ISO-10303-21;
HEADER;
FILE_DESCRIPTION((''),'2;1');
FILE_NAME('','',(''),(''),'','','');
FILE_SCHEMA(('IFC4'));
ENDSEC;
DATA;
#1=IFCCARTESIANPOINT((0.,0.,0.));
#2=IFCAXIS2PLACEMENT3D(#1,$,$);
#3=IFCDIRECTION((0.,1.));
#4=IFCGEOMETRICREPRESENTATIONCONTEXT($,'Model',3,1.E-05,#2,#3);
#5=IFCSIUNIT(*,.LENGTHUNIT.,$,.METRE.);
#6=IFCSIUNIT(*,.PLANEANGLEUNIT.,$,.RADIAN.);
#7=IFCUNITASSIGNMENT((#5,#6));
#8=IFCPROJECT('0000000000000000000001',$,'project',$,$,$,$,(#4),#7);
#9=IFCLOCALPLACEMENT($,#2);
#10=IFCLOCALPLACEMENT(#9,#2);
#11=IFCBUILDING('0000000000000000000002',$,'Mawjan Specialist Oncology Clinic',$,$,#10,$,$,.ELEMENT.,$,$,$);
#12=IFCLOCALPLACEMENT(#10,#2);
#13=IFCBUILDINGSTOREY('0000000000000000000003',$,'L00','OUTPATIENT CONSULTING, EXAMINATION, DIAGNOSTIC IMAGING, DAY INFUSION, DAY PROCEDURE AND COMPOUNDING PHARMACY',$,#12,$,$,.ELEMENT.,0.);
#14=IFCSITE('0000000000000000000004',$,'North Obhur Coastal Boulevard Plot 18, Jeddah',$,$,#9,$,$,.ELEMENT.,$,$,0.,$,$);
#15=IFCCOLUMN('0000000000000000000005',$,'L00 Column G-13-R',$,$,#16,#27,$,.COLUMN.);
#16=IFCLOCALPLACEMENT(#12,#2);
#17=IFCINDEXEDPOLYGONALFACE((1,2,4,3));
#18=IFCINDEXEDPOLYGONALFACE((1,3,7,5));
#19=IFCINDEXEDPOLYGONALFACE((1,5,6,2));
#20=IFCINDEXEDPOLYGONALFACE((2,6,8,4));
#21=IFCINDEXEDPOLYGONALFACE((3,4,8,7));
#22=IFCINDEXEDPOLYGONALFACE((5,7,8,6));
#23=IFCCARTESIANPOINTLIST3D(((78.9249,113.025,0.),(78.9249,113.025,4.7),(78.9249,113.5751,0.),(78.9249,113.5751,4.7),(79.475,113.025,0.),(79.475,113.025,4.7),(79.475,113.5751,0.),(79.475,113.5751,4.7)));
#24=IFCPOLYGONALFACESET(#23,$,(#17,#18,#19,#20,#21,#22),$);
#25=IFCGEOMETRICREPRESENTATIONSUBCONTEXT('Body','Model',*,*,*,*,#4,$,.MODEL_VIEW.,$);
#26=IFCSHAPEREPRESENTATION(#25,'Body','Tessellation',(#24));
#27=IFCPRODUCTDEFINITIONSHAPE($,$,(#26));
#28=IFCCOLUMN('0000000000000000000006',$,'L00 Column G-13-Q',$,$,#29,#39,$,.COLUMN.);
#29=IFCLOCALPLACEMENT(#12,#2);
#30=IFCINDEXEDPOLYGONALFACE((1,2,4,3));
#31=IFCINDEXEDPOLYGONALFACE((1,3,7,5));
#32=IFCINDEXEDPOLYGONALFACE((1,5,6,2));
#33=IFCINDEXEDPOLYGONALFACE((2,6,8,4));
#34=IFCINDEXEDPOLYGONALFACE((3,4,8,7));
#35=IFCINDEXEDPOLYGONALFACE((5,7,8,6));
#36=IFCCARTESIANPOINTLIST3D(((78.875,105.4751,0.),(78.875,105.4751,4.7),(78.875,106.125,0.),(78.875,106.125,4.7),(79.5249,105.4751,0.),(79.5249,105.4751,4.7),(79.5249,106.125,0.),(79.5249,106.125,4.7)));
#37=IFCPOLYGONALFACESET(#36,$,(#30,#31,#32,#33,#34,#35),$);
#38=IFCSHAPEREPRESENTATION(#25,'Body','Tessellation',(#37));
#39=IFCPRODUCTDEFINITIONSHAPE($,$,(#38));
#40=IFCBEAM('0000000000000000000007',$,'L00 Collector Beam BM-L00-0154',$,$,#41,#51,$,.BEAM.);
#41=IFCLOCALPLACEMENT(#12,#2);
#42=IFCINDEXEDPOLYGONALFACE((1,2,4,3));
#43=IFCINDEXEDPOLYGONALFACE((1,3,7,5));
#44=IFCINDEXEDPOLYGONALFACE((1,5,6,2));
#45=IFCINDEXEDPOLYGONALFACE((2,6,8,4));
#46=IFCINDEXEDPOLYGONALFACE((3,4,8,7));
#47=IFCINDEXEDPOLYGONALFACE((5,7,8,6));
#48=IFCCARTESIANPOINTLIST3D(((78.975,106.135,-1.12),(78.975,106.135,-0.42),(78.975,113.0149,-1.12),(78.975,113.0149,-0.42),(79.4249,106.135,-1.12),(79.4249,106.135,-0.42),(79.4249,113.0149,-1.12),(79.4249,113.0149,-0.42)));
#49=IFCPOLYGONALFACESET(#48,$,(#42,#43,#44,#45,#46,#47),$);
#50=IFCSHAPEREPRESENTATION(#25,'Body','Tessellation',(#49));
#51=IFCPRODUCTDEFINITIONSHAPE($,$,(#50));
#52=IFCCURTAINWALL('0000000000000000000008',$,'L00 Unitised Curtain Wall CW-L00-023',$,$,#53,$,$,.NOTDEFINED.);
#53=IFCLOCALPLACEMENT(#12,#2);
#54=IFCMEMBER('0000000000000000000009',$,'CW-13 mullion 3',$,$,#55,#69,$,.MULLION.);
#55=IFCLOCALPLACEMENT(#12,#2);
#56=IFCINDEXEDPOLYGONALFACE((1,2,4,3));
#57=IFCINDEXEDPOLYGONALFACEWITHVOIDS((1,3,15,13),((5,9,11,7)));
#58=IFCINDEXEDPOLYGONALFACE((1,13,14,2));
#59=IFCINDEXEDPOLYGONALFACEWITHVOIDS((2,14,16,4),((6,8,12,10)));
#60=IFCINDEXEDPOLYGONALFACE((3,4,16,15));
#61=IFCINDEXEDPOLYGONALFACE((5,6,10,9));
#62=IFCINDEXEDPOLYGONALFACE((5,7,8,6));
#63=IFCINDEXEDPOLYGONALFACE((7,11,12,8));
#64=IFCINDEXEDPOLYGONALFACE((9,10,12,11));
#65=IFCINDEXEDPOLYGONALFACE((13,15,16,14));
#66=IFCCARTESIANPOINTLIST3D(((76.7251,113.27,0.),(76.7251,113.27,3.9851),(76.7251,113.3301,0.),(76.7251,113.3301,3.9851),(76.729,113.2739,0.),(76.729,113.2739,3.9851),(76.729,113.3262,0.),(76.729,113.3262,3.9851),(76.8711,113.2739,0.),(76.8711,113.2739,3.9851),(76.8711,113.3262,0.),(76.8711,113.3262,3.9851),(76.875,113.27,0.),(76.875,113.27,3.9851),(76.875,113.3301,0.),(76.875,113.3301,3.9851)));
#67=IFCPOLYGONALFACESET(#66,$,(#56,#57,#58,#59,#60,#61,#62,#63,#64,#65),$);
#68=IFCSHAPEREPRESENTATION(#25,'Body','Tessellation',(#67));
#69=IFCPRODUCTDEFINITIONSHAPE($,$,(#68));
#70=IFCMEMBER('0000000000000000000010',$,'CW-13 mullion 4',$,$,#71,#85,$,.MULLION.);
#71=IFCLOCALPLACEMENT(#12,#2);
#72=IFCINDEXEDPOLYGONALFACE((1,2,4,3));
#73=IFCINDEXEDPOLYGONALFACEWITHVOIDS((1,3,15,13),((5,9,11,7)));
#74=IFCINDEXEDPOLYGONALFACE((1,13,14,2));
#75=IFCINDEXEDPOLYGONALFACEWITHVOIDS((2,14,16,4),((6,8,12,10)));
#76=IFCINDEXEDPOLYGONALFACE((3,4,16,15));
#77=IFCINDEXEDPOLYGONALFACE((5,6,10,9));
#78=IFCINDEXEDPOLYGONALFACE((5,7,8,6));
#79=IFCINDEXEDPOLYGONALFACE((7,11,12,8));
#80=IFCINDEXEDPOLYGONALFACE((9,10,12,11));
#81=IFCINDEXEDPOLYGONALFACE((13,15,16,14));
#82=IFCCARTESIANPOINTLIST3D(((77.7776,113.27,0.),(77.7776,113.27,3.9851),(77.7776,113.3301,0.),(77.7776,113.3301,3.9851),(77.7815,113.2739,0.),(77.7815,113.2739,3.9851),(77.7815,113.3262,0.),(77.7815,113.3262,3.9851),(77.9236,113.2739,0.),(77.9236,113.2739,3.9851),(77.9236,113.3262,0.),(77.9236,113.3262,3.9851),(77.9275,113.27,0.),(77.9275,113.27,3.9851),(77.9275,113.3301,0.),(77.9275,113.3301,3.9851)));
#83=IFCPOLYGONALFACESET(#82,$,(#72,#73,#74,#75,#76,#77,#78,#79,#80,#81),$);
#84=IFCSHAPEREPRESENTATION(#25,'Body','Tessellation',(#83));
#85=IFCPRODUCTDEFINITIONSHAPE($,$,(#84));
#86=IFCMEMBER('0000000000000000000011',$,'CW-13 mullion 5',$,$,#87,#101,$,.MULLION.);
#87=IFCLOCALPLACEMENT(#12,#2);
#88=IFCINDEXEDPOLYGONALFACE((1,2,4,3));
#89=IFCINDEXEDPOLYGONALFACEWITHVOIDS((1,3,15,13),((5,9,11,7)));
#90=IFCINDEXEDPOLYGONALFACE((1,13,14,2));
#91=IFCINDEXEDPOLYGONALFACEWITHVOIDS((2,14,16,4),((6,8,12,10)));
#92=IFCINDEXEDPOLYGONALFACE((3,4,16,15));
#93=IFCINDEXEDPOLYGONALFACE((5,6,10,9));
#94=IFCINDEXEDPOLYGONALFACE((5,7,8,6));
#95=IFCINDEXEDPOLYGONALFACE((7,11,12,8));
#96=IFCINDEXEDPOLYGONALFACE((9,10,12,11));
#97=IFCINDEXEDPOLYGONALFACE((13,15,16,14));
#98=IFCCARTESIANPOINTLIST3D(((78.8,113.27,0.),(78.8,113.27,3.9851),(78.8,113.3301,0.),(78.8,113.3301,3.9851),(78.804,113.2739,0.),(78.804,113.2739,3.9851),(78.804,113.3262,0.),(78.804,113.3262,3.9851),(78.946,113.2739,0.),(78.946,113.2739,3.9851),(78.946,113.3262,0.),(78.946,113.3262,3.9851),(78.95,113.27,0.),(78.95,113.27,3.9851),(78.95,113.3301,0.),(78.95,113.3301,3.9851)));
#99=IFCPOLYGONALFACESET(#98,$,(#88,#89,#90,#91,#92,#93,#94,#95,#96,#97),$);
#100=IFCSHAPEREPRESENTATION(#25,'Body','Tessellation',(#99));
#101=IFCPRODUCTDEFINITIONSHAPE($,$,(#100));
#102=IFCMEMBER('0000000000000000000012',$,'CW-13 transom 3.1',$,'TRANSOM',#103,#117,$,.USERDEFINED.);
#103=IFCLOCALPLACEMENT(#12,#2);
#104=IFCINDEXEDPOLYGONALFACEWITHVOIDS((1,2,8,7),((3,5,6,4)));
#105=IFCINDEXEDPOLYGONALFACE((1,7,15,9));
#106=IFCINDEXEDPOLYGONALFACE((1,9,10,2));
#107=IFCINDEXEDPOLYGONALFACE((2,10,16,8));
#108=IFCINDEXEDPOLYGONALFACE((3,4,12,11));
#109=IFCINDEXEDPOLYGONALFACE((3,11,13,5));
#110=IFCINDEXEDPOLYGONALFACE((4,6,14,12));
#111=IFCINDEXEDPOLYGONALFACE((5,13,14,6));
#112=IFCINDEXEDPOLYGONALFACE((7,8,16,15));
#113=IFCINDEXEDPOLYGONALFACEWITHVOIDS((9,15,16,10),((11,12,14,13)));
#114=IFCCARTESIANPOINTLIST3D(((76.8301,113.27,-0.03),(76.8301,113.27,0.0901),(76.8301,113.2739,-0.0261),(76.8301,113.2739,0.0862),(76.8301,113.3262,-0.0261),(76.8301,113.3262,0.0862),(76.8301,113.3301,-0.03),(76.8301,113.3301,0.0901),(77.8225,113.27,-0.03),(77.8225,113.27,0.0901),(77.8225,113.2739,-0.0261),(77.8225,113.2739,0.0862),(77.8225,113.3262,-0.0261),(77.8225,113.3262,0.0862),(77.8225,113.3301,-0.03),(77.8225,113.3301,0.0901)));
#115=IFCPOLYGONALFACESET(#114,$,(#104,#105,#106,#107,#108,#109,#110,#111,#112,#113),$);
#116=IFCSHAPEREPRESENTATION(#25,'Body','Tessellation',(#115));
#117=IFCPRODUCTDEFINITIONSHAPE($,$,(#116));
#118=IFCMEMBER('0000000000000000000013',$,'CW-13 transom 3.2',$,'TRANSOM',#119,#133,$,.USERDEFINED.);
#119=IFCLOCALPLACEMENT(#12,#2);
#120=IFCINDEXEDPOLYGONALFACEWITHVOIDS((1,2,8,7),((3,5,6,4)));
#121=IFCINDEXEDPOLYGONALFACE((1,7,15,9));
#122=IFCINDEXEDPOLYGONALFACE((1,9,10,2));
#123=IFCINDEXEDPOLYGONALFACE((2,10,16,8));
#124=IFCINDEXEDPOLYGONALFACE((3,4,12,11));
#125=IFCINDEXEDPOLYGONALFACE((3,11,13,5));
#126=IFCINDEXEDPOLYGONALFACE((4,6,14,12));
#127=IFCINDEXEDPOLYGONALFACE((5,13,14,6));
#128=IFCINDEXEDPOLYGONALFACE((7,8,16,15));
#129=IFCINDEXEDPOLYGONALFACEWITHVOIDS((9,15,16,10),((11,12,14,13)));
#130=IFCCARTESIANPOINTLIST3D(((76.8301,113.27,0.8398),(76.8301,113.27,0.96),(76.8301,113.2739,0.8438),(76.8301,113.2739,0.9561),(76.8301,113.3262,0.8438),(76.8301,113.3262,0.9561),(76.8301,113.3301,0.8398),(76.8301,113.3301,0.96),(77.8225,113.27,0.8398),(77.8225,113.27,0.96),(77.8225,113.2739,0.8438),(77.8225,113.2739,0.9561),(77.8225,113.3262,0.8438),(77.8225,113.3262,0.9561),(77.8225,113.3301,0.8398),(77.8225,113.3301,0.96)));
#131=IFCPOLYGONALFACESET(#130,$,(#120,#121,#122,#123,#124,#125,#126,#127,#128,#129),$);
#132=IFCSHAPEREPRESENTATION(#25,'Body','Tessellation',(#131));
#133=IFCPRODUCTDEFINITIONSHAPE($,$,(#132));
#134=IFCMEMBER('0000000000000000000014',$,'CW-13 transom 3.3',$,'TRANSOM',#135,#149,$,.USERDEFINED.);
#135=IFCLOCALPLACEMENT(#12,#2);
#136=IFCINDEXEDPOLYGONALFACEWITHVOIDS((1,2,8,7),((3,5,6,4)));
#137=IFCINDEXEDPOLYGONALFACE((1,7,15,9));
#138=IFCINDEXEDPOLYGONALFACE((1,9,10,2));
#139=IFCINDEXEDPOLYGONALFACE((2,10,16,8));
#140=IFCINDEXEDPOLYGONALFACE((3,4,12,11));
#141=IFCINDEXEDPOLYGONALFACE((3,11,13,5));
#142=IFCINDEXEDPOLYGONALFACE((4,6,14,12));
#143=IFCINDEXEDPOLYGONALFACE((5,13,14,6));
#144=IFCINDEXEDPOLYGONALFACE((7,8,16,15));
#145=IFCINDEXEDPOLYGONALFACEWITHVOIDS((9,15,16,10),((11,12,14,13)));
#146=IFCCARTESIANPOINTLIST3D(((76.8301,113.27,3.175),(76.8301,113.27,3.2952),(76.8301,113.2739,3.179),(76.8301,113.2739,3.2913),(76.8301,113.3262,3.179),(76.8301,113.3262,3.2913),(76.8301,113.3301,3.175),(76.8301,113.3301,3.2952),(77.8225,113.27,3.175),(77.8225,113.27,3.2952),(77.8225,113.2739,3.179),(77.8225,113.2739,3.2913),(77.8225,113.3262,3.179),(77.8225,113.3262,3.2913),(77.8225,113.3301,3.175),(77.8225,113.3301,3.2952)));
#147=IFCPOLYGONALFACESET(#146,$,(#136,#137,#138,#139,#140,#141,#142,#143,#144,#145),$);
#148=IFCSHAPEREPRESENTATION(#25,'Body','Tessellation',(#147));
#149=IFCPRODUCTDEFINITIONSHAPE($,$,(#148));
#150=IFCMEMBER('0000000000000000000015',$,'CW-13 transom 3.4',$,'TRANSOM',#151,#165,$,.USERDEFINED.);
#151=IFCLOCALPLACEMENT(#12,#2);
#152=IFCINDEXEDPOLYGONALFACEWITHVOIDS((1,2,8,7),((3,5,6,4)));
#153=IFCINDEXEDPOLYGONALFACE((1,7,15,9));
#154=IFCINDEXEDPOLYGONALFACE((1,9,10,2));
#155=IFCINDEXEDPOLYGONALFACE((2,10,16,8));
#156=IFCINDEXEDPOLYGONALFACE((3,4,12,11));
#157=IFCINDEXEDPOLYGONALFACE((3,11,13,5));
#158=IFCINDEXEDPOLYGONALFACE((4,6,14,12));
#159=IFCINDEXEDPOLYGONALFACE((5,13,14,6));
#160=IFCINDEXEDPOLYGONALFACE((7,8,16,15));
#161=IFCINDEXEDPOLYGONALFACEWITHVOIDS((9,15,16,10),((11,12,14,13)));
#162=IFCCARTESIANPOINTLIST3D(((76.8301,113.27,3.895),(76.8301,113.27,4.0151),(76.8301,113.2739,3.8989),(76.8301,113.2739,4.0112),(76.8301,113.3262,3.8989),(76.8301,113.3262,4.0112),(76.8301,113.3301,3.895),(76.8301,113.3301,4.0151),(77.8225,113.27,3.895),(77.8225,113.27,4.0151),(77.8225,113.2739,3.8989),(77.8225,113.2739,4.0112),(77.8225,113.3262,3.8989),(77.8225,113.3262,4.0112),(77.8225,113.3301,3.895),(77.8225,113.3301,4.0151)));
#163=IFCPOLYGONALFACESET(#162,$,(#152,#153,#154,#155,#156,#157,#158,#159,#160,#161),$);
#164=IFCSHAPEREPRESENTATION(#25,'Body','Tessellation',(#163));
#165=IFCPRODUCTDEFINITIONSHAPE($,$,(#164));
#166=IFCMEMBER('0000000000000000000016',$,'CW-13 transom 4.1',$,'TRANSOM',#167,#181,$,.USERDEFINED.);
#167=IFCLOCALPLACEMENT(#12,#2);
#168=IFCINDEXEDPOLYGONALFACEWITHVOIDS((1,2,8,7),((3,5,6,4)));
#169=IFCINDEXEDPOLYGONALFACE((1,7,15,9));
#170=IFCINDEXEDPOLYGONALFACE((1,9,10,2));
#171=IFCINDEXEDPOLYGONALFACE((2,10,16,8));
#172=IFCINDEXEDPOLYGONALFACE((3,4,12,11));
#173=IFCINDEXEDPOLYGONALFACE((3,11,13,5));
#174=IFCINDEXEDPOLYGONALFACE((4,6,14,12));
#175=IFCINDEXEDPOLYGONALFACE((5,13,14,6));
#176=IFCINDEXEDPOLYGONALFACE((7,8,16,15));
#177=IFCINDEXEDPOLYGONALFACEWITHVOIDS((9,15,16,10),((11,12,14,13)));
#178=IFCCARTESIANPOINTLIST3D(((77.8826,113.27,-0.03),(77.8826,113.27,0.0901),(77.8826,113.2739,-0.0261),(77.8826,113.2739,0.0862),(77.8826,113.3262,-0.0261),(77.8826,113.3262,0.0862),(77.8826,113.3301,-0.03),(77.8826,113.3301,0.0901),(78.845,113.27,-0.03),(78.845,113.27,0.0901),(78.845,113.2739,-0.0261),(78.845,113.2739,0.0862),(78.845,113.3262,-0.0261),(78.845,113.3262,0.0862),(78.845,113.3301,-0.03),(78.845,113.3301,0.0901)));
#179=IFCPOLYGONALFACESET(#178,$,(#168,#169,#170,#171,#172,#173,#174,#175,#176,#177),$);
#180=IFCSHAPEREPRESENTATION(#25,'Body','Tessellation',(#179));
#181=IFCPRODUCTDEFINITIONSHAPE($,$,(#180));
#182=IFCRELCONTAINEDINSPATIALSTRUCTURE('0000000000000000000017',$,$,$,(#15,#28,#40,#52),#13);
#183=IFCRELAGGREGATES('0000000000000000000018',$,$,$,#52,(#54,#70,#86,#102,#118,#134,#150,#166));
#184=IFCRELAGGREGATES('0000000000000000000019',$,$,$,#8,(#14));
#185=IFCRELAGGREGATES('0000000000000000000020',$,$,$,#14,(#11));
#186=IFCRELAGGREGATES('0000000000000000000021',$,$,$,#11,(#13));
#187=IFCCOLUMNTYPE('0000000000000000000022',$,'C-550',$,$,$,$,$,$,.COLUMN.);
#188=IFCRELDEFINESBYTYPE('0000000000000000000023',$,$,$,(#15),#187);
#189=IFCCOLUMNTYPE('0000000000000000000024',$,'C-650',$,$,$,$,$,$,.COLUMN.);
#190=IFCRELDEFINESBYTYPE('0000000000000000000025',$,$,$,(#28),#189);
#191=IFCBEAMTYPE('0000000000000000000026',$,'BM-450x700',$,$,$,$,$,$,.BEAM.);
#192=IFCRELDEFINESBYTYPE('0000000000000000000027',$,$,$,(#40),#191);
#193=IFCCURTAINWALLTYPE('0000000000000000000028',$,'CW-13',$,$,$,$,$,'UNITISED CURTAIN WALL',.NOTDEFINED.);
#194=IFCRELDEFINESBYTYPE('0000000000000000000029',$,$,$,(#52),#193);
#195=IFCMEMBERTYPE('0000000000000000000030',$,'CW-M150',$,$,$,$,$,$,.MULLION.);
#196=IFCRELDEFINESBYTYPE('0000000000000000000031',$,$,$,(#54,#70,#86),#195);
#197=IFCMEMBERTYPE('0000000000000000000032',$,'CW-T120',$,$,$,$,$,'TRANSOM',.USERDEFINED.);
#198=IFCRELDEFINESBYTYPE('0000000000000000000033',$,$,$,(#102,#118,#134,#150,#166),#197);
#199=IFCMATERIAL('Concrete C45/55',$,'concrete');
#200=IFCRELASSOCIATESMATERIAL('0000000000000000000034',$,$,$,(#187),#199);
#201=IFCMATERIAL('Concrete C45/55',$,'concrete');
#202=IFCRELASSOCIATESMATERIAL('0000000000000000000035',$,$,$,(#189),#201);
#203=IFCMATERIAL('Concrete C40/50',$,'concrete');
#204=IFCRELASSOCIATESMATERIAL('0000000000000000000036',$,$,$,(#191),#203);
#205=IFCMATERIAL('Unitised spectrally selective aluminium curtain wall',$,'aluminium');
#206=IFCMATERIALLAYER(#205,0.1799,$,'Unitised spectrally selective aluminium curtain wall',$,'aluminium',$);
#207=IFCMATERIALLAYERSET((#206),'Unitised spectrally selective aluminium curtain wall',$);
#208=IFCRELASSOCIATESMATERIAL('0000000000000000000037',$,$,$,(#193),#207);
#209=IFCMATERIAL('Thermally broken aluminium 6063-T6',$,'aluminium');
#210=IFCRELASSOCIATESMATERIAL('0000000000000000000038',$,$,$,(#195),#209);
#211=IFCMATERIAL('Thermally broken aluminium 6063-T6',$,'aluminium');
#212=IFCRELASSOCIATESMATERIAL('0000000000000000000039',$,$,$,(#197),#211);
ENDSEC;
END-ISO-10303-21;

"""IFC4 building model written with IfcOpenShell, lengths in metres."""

from ifc_helpers import new_model, si_unit, direction, frame, origin, origin_2d, place, context, subcontext, project, spatial, rectangle, hollow_rectangle, extrude, material, layer, layer_set, material_profile, profile_set, type_object, element, aggregate, save


model = new_model("IFC4")

# Units and contexts
model_context = context("Model", 3, precision=1e-05, world=origin(), true_north=direction((0.0, 1.0)))
body_context = subcontext(model_context, "Body", "Model", "MODEL_VIEW")
ifc_project = project(units=[si_unit("LENGTHUNIT", "METRE"), si_unit("PLANEANGLEUNIT", "RADIAN")], contexts=[model_context])

# Site, building, storey
site_placement = place(None, origin())
site = spatial("IfcSite", under=ifc_project, at=site_placement, Name="North Obhur Coastal Boulevard Plot 18, Jeddah", CompositionType="ELEMENT", RefElevation=0.0)
building_placement = place(site_placement, origin())
building = spatial("IfcBuilding", under=site, at=building_placement, Name="Mawjan Specialist Oncology Clinic", CompositionType="ELEMENT")
storey_placement = place(building_placement, origin())
storey = spatial("IfcBuildingStorey", under=building, at=storey_placement, Name="L00", Description="OUTPATIENT CONSULTING, EXAMINATION, DIAGNOSTIC IMAGING, DAY INFUSION, DAY PROCEDURE AND COMPOUNDING PHARMACY", CompositionType="ELEMENT", Elevation=0.0)

# Columns
ifc_material_1 = material(Name="Concrete C45/55", Category="concrete")
ifc_material_profile_1 = material_profile(ifc_material_1, rectangle(XDim=0.55, YDim=0.55, at=origin_2d()), Name="RC COL 550x550", Category="concrete")
ifc_profile_set_1 = profile_set([ifc_material_profile_1], Name="Concrete C45/55")
column_type_1 = type_object("IfcColumnType", Name="C-550", PredefinedType="COLUMN", material=ifc_profile_set_1)
column_1_placement = place(storey_placement, frame((79.2, 113.3, 0.0), z_axis=(0.0, 0.0, 1.0), x_axis=(1.0, 0.0, 0.0)))
element("IfcColumn", 1, at=column_1_placement, inside=storey, type_object=column_type_1, Name="L00 Column G-13-R", PredefinedType="COLUMN", context=body_context, shape_type="SweptSolid", body=[
    extrude(rectangle(XDim=0.55, YDim=0.55, at=origin_2d()), origin(), (0.0, 0.0, 1.0), 4.7),
])
ifc_material_2 = material(Name="Concrete C45/55", Category="concrete")
ifc_material_profile_2 = material_profile(ifc_material_2, rectangle(XDim=0.6499, YDim=0.6499, at=origin_2d()), Name="RC COL 650x650", Category="concrete")
ifc_profile_set_2 = profile_set([ifc_material_profile_2], Name="Concrete C45/55")
column_type_2 = type_object("IfcColumnType", Name="C-650", PredefinedType="COLUMN", material=ifc_profile_set_2)
column_2_placement = place(storey_placement, frame((79.2, 105.8, 0.0), z_axis=(0.0, 0.0, 1.0), x_axis=(1.0, 0.0, 0.0)))
element("IfcColumn", 2, at=column_2_placement, inside=storey, type_object=column_type_2, Name="L00 Column G-13-Q", PredefinedType="COLUMN", context=body_context, shape_type="SweptSolid", body=[
    extrude(rectangle(XDim=0.6499, YDim=0.6499, at=origin_2d()), origin(), (0.0, 0.0, 1.0), 4.7),
])

# Beam
ifc_material_3 = material(Name="Concrete C40/50", Category="concrete")
ifc_material_profile_3 = material_profile(ifc_material_3, rectangle(XDim=0.45, YDim=0.7, at=origin_2d()), Name="RC BM 450x700", Category="concrete")
ifc_profile_set_3 = profile_set([ifc_material_profile_3], Name="Concrete C40/50")
beam_type = type_object("IfcBeamType", Name="BM-450x700", PredefinedType="BEAM", material=ifc_profile_set_3)
beam_placement = place(storey_placement, frame((79.2, 106.135, -0.77), z_axis=(0.0, 1.0, 0.0), x_axis=(-1.0, 0.0, 0.0)))
element("IfcBeam", 3, at=beam_placement, inside=storey, type_object=beam_type, Name="L00 Collector Beam BM-L00-0154", PredefinedType="BEAM", context=body_context, shape_type="SweptSolid", body=[
    extrude(rectangle(XDim=0.45, YDim=0.7, at=origin_2d()), origin(), (0.0, 0.0, 1.0), 6.8799),
])

# Curtain wall, members
ifc_material_4 = material(Name="Unitised spectrally selective aluminium curtain wall", Category="aluminium")
ifc_layer_1 = layer(ifc_material_4, 0.1799, Name="Unitised spectrally selective aluminium curtain wall", Category="aluminium")
ifc_layer_set_1 = layer_set([ifc_layer_1], Name="Unitised spectrally selective aluminium curtain wall")
curtain_wall_type = type_object("IfcCurtainWallType", Name="CW-13", ElementType="UNITISED CURTAIN WALL", PredefinedType="NOTDEFINED", material=ifc_layer_set_1)
curtain_wall_placement = place(storey_placement, origin())
curtain_wall = element("IfcCurtainWall", 4, at=curtain_wall_placement, inside=storey, type_object=curtain_wall_type, Name="L00 Unitised Curtain Wall CW-L00-023", PredefinedType="NOTDEFINED")
ifc_material_5 = material(Name="Thermally broken aluminium 6063-T6", Category="aluminium")
ifc_material_profile_4 = material_profile(ifc_material_5, hollow_rectangle(XDim=0.0601, YDim=0.1499, WallThickness=0.0039, at=origin_2d()), Name="ALU MULLION 150x60x4", Category="aluminium")
ifc_profile_set_4 = profile_set([ifc_material_profile_4], Name="Thermally broken aluminium 6063-T6")
member_type_1 = type_object("IfcMemberType", Name="CW-M150", PredefinedType="MULLION", material=ifc_profile_set_4)
member_1_placement = place(storey_placement, frame((76.8, 113.3, 0.0), z_axis=(0.0, 0.0, 1.0), x_axis=(0.0, 1.0, 0.0)))
member_1 = element("IfcMember", 5, at=member_1_placement, type_object=member_type_1, Name="CW-13 mullion 3", PredefinedType="MULLION", context=body_context, shape_type="SweptSolid", body=[
    extrude(hollow_rectangle(XDim=0.0601, YDim=0.1499, WallThickness=0.0039, at=origin_2d()), origin(), (0.0, 0.0, 1.0), 3.9851),
])
member_2_placement = place(storey_placement, frame((77.8525, 113.3, 0.0), z_axis=(0.0, 0.0, 1.0), x_axis=(0.0, 1.0, 0.0)))
member_2 = element("IfcMember", 6, at=member_2_placement, type_object=member_type_1, Name="CW-13 mullion 4", PredefinedType="MULLION", context=body_context, shape_type="SweptSolid", body=[
    extrude(hollow_rectangle(XDim=0.0601, YDim=0.1499, WallThickness=0.0039, at=origin_2d()), origin(), (0.0, 0.0, 1.0), 3.9851),
])
member_3_placement = place(storey_placement, frame((78.875, 113.3, 0.0), z_axis=(0.0, 0.0, 1.0), x_axis=(0.0, 1.0, 0.0)))
member_3 = element("IfcMember", 7, at=member_3_placement, type_object=member_type_1, Name="CW-13 mullion 5", PredefinedType="MULLION", context=body_context, shape_type="SweptSolid", body=[
    extrude(hollow_rectangle(XDim=0.0601, YDim=0.1499, WallThickness=0.0039, at=origin_2d()), origin(), (0.0, 0.0, 1.0), 3.9851),
])
ifc_material_6 = material(Name="Thermally broken aluminium 6063-T6", Category="aluminium")
ifc_material_profile_5 = material_profile(ifc_material_6, hollow_rectangle(XDim=0.0601, YDim=0.1201, WallThickness=0.0039, at=origin_2d()), Name="ALU TRANSOM 120x60x4", Category="aluminium")
ifc_profile_set_5 = profile_set([ifc_material_profile_5], Name="Thermally broken aluminium 6063-T6")
member_type_2 = type_object("IfcMemberType", Name="CW-T120", ElementType="TRANSOM", PredefinedType="USERDEFINED", material=ifc_profile_set_5)
member_4_placement = place(storey_placement, frame((76.8301, 113.3, 0.03), z_axis=(1.0, 0.0, 0.0), x_axis=(0.0, 1.0, 0.0)))
member_4 = element("IfcMember", 8, at=member_4_placement, type_object=member_type_2, Name="CW-13 transom 3.1", ObjectType="TRANSOM", PredefinedType="USERDEFINED", context=body_context, shape_type="SweptSolid", body=[
    extrude(hollow_rectangle(XDim=0.0601, YDim=0.1201, WallThickness=0.0039, at=origin_2d()), origin(), (0.0, 0.0, 1.0), 0.9924),
])
member_5_placement = place(storey_placement, frame((76.8301, 113.3, 0.8999), z_axis=(1.0, 0.0, 0.0), x_axis=(0.0, 1.0, 0.0)))
member_5 = element("IfcMember", 9, at=member_5_placement, type_object=member_type_2, Name="CW-13 transom 3.2", ObjectType="TRANSOM", PredefinedType="USERDEFINED", context=body_context, shape_type="SweptSolid", body=[
    extrude(hollow_rectangle(XDim=0.0601, YDim=0.1201, WallThickness=0.0039, at=origin_2d()), origin(), (0.0, 0.0, 1.0), 0.9924),
])
member_6_placement = place(storey_placement, frame((76.8301, 113.3, 3.2351), z_axis=(1.0, 0.0, 0.0), x_axis=(0.0, 1.0, 0.0)))
member_6 = element("IfcMember", 10, at=member_6_placement, type_object=member_type_2, Name="CW-13 transom 3.3", ObjectType="TRANSOM", PredefinedType="USERDEFINED", context=body_context, shape_type="SweptSolid", body=[
    extrude(hollow_rectangle(XDim=0.0601, YDim=0.1201, WallThickness=0.0039, at=origin_2d()), origin(), (0.0, 0.0, 1.0), 0.9924),
])
member_7_placement = place(storey_placement, frame((76.8301, 113.3, 3.9551), z_axis=(1.0, 0.0, 0.0), x_axis=(0.0, 1.0, 0.0)))
member_7 = element("IfcMember", 11, at=member_7_placement, type_object=member_type_2, Name="CW-13 transom 3.4", ObjectType="TRANSOM", PredefinedType="USERDEFINED", context=body_context, shape_type="SweptSolid", body=[
    extrude(hollow_rectangle(XDim=0.0601, YDim=0.1201, WallThickness=0.0039, at=origin_2d()), origin(), (0.0, 0.0, 1.0), 0.9924),
])
member_8_placement = place(storey_placement, frame((77.8826, 113.3, 0.03), z_axis=(1.0, 0.0, 0.0), x_axis=(0.0, 1.0, 0.0)))
member_8 = element("IfcMember", 12, at=member_8_placement, type_object=member_type_2, Name="CW-13 transom 4.1", ObjectType="TRANSOM", PredefinedType="USERDEFINED", context=body_context, shape_type="SweptSolid", body=[
    extrude(hollow_rectangle(XDim=0.0601, YDim=0.1201, WallThickness=0.0039, at=origin_2d()), origin(), (0.0, 0.0, 1.0), 0.9624),
])
aggregate(curtain_wall, [member_1, member_2, member_3, member_4, member_5, member_6, member_7, member_8])

save(model, "model.ifc")
